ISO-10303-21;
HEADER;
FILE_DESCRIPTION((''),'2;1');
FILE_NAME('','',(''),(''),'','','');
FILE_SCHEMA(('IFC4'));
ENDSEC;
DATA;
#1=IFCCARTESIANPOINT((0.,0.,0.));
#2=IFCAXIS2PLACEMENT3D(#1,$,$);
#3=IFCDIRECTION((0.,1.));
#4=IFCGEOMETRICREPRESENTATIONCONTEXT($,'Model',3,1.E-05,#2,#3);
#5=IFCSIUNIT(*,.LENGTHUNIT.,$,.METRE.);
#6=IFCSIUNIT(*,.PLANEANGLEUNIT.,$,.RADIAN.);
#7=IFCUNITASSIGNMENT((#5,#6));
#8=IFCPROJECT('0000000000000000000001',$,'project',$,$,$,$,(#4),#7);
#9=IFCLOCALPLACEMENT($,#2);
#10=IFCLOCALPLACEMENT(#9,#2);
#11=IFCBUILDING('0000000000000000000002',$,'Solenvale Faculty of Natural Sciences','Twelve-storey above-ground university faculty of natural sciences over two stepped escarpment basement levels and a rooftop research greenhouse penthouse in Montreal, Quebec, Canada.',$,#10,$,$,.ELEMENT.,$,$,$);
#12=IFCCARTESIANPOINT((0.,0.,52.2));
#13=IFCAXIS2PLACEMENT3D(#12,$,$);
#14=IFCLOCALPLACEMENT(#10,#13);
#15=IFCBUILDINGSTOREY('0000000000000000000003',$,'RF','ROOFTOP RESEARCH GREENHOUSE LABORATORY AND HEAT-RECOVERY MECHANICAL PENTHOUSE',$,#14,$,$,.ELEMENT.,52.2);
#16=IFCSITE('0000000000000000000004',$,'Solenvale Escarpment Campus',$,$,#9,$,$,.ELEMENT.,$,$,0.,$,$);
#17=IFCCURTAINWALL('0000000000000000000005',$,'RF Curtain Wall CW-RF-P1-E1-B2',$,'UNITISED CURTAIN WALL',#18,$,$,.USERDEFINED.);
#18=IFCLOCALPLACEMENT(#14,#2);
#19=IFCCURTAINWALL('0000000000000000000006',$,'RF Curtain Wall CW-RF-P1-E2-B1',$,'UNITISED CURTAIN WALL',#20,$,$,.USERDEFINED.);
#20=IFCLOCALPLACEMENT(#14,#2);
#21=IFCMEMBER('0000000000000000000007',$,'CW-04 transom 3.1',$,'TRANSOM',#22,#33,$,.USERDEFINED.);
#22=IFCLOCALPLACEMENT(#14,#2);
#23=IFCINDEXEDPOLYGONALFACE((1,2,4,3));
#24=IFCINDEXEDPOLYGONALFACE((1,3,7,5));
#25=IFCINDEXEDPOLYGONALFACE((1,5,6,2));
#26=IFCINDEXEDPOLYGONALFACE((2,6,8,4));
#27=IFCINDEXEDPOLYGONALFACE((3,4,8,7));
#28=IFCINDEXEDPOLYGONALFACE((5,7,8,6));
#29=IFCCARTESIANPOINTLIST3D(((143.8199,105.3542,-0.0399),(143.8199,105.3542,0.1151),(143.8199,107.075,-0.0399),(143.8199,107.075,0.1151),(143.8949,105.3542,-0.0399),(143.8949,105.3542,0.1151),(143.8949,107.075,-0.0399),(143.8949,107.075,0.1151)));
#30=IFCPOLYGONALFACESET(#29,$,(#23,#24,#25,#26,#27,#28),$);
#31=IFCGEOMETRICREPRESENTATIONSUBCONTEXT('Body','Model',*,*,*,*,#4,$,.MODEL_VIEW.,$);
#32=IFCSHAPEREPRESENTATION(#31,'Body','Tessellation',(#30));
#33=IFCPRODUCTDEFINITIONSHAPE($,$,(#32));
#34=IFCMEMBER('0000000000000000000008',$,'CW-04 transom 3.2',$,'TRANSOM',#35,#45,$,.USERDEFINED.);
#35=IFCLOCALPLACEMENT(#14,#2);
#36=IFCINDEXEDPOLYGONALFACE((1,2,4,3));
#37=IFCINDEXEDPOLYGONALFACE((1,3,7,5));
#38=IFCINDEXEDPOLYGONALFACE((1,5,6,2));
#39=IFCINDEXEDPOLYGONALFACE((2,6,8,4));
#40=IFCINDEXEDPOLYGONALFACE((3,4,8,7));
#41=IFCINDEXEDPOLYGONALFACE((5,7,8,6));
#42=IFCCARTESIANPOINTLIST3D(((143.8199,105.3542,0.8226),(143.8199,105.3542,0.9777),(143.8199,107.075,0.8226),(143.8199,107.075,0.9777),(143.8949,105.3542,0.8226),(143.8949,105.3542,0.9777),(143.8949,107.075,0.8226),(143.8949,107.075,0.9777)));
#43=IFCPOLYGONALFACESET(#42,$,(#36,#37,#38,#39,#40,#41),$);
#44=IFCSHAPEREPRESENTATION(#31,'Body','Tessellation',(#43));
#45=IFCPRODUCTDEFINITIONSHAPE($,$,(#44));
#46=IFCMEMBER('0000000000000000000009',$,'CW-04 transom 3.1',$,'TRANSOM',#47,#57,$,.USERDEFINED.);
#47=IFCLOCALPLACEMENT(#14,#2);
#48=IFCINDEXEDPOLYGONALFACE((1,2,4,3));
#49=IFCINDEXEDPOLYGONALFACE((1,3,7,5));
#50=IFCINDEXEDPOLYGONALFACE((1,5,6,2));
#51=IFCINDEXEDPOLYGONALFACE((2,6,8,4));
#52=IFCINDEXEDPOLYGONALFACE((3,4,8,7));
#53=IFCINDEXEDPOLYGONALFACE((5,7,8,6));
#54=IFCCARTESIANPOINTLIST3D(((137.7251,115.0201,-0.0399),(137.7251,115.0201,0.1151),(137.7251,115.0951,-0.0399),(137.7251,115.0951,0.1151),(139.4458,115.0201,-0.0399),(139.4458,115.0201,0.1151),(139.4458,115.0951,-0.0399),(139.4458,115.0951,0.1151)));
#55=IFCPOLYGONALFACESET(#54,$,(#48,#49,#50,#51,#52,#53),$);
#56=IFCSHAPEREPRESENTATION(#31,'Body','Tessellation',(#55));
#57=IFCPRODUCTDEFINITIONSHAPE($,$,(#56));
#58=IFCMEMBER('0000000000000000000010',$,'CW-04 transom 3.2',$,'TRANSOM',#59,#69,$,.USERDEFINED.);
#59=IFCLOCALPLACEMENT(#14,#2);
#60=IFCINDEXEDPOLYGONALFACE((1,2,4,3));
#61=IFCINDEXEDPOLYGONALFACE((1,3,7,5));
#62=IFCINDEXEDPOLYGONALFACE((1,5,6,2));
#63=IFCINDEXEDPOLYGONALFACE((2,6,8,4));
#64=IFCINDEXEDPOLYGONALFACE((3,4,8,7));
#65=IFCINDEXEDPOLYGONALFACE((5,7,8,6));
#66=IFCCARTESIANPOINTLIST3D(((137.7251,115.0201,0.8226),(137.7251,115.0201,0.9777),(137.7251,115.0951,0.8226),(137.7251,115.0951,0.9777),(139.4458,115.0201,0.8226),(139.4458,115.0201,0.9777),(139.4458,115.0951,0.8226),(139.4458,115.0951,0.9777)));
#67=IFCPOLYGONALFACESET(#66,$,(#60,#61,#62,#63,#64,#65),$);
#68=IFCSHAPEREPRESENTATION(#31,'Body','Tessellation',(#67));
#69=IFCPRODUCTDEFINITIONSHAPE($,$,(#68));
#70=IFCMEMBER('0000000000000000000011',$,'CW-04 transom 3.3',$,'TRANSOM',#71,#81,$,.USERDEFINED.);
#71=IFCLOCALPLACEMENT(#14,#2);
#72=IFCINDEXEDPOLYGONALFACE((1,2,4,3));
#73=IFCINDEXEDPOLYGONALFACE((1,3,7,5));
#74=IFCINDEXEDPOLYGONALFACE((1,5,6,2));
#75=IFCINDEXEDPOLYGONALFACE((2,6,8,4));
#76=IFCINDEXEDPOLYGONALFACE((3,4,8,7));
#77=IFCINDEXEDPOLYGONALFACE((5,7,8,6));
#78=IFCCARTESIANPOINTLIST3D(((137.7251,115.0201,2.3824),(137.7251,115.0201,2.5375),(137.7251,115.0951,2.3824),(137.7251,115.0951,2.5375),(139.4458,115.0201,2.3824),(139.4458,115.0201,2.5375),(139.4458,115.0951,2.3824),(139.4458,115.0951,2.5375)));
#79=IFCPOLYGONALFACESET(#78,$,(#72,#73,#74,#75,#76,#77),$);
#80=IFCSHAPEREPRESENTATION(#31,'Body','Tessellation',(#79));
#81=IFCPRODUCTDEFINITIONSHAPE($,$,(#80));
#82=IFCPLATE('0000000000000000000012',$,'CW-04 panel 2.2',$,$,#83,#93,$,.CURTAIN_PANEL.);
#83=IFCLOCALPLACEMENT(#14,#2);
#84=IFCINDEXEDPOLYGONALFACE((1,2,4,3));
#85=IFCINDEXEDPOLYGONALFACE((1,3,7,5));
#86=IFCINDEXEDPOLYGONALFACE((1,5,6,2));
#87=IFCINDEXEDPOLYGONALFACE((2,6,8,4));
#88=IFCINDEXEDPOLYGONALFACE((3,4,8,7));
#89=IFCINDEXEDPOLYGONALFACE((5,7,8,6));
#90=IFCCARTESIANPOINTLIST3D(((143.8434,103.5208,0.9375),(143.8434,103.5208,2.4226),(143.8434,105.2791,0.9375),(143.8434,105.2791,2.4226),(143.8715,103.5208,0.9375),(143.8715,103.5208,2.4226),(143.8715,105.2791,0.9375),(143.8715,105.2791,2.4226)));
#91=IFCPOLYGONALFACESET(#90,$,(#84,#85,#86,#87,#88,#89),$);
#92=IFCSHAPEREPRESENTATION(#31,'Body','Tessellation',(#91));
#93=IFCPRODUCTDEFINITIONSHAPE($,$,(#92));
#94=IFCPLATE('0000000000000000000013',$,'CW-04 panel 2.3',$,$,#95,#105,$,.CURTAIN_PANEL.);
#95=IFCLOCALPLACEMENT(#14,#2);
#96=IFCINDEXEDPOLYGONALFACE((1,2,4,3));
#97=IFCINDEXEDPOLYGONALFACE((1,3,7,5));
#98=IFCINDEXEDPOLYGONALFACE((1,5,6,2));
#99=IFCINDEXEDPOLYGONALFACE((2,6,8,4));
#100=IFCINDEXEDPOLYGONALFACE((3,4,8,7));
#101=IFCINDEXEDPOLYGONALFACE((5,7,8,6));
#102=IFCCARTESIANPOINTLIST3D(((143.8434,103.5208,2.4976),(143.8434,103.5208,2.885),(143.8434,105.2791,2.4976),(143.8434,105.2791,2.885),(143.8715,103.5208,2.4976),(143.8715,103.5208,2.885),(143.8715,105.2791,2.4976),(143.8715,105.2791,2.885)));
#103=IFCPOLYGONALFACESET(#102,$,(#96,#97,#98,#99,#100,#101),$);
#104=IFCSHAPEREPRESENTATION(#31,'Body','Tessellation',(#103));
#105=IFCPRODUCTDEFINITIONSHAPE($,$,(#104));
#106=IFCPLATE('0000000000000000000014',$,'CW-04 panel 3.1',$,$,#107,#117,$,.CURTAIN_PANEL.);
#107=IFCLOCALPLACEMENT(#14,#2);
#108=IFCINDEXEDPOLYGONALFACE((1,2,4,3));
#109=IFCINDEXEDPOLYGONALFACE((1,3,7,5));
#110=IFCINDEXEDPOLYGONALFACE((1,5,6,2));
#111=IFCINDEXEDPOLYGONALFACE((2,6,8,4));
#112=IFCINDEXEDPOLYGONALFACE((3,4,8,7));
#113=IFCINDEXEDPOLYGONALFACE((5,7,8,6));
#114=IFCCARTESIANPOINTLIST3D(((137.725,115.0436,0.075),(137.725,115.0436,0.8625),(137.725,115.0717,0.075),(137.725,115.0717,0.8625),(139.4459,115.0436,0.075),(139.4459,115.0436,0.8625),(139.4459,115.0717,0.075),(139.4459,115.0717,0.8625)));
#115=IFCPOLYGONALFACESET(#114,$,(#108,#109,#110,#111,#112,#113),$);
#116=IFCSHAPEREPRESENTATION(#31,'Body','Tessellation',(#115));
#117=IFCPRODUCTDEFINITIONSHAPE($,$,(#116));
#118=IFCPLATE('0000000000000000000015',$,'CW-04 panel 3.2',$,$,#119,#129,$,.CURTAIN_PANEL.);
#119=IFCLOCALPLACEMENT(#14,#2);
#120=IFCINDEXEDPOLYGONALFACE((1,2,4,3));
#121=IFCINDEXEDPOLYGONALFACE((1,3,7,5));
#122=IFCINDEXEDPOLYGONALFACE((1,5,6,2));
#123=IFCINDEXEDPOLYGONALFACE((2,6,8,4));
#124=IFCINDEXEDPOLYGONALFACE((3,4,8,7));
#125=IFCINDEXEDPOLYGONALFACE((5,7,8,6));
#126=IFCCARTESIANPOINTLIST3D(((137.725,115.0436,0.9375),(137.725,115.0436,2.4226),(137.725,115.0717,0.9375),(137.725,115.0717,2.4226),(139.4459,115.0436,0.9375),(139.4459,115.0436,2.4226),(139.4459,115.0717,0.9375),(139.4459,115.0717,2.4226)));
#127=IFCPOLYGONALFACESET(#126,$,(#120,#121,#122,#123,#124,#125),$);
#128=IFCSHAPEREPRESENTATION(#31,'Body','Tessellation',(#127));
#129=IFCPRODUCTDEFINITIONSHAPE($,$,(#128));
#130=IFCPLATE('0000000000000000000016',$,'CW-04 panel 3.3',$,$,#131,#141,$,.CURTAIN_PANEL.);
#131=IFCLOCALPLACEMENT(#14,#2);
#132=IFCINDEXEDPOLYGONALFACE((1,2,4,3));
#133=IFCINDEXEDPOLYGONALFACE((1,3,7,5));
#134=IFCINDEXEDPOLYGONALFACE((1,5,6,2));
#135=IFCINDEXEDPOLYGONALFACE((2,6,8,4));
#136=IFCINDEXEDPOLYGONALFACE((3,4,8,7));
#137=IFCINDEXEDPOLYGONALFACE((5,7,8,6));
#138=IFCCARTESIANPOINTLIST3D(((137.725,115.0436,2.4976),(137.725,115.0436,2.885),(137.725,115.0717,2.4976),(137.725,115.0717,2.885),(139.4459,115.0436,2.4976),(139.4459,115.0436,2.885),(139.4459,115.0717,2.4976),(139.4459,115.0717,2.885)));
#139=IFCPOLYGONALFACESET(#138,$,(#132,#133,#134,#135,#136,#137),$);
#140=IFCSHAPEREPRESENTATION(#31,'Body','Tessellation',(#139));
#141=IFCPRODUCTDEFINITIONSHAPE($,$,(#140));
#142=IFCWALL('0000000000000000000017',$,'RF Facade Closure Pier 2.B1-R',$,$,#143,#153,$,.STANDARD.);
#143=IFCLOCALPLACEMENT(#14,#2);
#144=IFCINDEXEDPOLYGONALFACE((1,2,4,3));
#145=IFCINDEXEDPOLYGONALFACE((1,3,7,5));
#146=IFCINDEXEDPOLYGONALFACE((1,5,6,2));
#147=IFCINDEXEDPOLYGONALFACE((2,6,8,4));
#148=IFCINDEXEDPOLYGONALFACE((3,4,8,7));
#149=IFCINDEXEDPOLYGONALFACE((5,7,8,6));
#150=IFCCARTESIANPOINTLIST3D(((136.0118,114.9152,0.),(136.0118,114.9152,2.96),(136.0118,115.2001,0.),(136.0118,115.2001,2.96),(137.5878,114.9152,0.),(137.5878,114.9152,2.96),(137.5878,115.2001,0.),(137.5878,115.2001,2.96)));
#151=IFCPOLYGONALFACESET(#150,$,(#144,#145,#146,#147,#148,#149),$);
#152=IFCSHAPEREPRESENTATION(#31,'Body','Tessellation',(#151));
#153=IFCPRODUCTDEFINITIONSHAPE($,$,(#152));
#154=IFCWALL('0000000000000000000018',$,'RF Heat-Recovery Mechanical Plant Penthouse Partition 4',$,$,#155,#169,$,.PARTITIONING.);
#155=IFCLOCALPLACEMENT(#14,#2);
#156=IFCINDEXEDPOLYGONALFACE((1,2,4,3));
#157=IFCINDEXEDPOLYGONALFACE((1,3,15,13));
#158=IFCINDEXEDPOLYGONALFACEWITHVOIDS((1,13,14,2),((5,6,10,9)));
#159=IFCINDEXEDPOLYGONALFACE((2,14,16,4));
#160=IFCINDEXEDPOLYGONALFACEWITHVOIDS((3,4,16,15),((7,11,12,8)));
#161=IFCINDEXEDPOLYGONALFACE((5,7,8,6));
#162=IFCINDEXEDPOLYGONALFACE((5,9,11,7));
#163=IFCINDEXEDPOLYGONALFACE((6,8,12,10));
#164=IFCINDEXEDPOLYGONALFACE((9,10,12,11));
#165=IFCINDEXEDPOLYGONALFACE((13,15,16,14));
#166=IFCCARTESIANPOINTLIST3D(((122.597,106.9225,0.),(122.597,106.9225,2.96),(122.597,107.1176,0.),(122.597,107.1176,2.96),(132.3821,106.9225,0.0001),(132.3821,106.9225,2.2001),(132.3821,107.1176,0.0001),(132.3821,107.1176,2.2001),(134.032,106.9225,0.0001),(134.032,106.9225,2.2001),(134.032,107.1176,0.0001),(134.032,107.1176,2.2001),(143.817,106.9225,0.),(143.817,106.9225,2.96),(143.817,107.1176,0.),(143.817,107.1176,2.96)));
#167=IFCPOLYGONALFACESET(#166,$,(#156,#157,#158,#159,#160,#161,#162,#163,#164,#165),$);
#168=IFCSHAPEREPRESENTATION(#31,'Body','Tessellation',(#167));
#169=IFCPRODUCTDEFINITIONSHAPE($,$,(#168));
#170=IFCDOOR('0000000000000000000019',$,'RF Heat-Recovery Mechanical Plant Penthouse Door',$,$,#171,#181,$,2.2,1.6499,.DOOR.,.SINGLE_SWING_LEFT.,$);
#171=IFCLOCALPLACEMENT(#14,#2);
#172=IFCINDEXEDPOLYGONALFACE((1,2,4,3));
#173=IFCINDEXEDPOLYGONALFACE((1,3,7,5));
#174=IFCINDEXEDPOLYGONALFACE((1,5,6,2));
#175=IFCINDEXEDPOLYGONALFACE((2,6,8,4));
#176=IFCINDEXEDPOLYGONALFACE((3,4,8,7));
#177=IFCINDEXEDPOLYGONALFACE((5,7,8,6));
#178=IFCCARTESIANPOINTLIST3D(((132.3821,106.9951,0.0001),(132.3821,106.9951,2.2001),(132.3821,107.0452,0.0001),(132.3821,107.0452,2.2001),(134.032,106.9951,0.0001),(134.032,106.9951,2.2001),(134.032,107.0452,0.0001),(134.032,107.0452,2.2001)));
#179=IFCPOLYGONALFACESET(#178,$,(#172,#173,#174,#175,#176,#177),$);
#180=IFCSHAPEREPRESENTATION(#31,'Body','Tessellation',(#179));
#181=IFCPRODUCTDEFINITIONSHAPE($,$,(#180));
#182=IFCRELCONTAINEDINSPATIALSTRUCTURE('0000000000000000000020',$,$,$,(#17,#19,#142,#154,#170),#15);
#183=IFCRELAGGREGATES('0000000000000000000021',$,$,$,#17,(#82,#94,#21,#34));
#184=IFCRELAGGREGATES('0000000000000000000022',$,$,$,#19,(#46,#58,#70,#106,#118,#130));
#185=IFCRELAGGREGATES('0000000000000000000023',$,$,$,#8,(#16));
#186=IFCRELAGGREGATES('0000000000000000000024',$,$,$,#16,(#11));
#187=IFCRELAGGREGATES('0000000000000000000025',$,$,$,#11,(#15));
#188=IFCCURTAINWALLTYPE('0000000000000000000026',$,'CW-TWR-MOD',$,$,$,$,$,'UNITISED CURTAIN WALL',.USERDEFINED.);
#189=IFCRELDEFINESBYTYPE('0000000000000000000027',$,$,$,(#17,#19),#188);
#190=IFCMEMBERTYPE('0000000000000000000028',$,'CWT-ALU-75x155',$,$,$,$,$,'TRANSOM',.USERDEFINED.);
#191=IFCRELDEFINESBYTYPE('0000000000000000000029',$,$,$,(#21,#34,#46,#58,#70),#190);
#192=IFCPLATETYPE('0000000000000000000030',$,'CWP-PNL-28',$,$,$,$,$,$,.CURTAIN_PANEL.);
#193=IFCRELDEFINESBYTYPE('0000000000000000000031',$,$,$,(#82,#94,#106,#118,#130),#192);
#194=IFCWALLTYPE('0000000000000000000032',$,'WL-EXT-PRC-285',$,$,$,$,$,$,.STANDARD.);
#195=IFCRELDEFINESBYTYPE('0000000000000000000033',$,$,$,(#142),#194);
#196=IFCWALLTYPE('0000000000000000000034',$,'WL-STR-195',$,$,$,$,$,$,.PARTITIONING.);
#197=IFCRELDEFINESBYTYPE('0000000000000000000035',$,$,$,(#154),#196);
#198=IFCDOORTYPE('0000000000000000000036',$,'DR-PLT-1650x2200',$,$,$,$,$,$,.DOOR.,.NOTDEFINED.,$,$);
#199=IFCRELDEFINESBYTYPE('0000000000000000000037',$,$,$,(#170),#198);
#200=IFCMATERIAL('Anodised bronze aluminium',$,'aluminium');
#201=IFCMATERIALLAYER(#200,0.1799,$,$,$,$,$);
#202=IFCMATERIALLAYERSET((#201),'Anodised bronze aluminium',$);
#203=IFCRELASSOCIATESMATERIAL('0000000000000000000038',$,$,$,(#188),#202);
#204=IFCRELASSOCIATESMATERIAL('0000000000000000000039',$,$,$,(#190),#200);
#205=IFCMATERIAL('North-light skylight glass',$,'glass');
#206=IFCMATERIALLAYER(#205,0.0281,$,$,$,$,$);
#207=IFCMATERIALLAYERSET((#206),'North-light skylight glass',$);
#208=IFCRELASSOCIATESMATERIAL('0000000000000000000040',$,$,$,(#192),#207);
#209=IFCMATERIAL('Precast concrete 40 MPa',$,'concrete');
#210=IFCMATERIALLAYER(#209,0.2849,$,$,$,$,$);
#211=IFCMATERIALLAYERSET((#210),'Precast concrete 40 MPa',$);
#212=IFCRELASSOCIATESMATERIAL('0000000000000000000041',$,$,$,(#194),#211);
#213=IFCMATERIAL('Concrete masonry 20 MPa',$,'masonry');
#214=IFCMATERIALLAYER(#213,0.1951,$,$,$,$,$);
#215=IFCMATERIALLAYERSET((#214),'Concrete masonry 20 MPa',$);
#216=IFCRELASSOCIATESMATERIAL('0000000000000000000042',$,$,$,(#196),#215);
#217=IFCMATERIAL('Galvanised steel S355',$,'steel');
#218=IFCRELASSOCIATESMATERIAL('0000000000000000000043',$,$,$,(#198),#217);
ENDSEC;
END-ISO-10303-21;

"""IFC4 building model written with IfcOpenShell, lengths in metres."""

from ifc_helpers import new_model, si_unit, direction, frame, frame_2d, origin, origin_2d, place, context, subcontext, project, spatial, rectangle, extrude, material, layer, layer_set, material_profile, profile_set, type_object, element, fill, aggregate, save


model = new_model("IFC4")

# Units and contexts
model_context = context("Model", 3, precision=1e-05, world=origin(), true_north=direction((0.0, 1.0)))
body_context = subcontext(model_context, "Body", "Model", "MODEL_VIEW")
ifc_project = project(units=[si_unit("LENGTHUNIT", "METRE"), si_unit("PLANEANGLEUNIT", "RADIAN")], contexts=[model_context])

# Site, building, storey
site_placement = place(None, origin())
site = spatial("IfcSite", under=ifc_project, at=site_placement, Name="Solenvale Escarpment Campus", CompositionType="ELEMENT", RefElevation=0.0)
building_placement = place(site_placement, origin())
building = spatial("IfcBuilding", under=site, at=building_placement, Name="Solenvale Faculty of Natural Sciences", Description="Twelve-storey above-ground university faculty of natural sciences over two stepped escarpment basement levels and a rooftop research greenhouse penthouse in Montreal, Quebec, Canada.", CompositionType="ELEMENT")
storey_placement = place(building_placement, frame((0.0, 0.0, 52.2)))
storey = spatial("IfcBuildingStorey", under=building, at=storey_placement, Name="RF", Description="ROOFTOP RESEARCH GREENHOUSE LABORATORY AND HEAT-RECOVERY MECHANICAL PENTHOUSE", CompositionType="ELEMENT", Elevation=52.2)

# Curtain walls
ifc_material_1 = material(Name="Anodised bronze aluminium", Category="aluminium")
ifc_layer_1 = layer(ifc_material_1, 0.1799)
ifc_layer_set_1 = layer_set([ifc_layer_1], Name="Anodised bronze aluminium")
curtain_wall_type = type_object("IfcCurtainWallType", Name="CW-TWR-MOD", ElementType="UNITISED CURTAIN WALL", PredefinedType="USERDEFINED", material=ifc_layer_set_1)
curtain_wall_1_placement = place(storey_placement, origin())
curtain_wall_1 = element("IfcCurtainWall", 1, at=curtain_wall_1_placement, inside=storey, type_object=curtain_wall_type, Name="RF Curtain Wall CW-RF-P1-E1-B2", ObjectType="UNITISED CURTAIN WALL", PredefinedType="USERDEFINED")
curtain_wall_2_placement = place(storey_placement, origin())
curtain_wall_2 = element("IfcCurtainWall", 2, at=curtain_wall_2_placement, inside=storey, type_object=curtain_wall_type, Name="RF Curtain Wall CW-RF-P1-E2-B1", ObjectType="UNITISED CURTAIN WALL", PredefinedType="USERDEFINED")

# Members
ifc_material_profile_1 = material_profile(ifc_material_1, rectangle(XDim=0.075, YDim=0.155, at=origin_2d()), Name="ALU-TRN-75x155")
ifc_profile_set_1 = profile_set([ifc_material_profile_1], Name="Anodised bronze aluminium")
member_type_1 = type_object("IfcMemberType", Name="CWT-ALU-75x155", ElementType="TRANSOM", PredefinedType="USERDEFINED", material=ifc_profile_set_1)
member_1_placement = place(storey_placement, frame((143.8574, 105.3542, 0.0376), z_axis=(0.0, 1.0, 0.0), x_axis=(-1.0, 0.0, 0.0)))
member_1 = element("IfcMember", 3, at=member_1_placement, type_object=member_type_1, Name="CW-04 transom 3.1", ObjectType="TRANSOM", PredefinedType="USERDEFINED", context=body_context, shape_type="SweptSolid", body=[
    extrude(rectangle(XDim=0.075, YDim=0.155, at=origin_2d()), origin(), (0.0, 0.0, 1.0), 1.7207),
])
member_2_placement = place(storey_placement, frame((143.8574, 105.3542, 0.9001), z_axis=(0.0, 1.0, 0.0), x_axis=(-1.0, 0.0, 0.0)))
member_2 = element("IfcMember", 4, at=member_2_placement, type_object=member_type_1, Name="CW-04 transom 3.2", ObjectType="TRANSOM", PredefinedType="USERDEFINED", context=body_context, shape_type="SweptSolid", body=[
    extrude(rectangle(XDim=0.075, YDim=0.155, at=origin_2d()), origin(), (0.0, 0.0, 1.0), 1.7207),
])
member_3_placement = place(storey_placement, frame((139.4458, 115.0576, 0.0376), z_axis=(-1.0, 0.0, 0.0), x_axis=(0.0, -1.0, 0.0)))
member_3 = element("IfcMember", 5, at=member_3_placement, type_object=member_type_1, Name="CW-04 transom 3.1", ObjectType="TRANSOM", PredefinedType="USERDEFINED", context=body_context, shape_type="SweptSolid", body=[
    extrude(rectangle(XDim=0.075, YDim=0.155, at=origin_2d()), origin(), (0.0, 0.0, 1.0), 1.7207),
])
member_4_placement = place(storey_placement, frame((139.4458, 115.0576, 0.9001), z_axis=(-1.0, 0.0, 0.0), x_axis=(0.0, -1.0, 0.0)))
member_4 = element("IfcMember", 6, at=member_4_placement, type_object=member_type_1, Name="CW-04 transom 3.2", ObjectType="TRANSOM", PredefinedType="USERDEFINED", context=body_context, shape_type="SweptSolid", body=[
    extrude(rectangle(XDim=0.075, YDim=0.155, at=origin_2d()), origin(), (0.0, 0.0, 1.0), 1.7207),
])
member_5_placement = place(storey_placement, frame((139.4458, 115.0576, 2.46), z_axis=(-1.0, 0.0, 0.0), x_axis=(0.0, -1.0, 0.0)))
member_5 = element("IfcMember", 7, at=member_5_placement, type_object=member_type_1, Name="CW-04 transom 3.3", ObjectType="TRANSOM", PredefinedType="USERDEFINED", context=body_context, shape_type="SweptSolid", body=[
    extrude(rectangle(XDim=0.075, YDim=0.155, at=origin_2d()), origin(), (0.0, 0.0, 1.0), 1.7207),
])

# Plates
ifc_material_2 = material(Name="North-light skylight glass", Category="glass")
ifc_layer_2 = layer(ifc_material_2, 0.0281)
ifc_layer_set_2 = layer_set([ifc_layer_2], Name="North-light skylight glass")
plate_type = type_object("IfcPlateType", Name="CWP-PNL-28", PredefinedType="CURTAIN_PANEL", material=ifc_layer_set_2)
plate_1_placement = place(storey_placement, frame((143.8574, 104.3999, 0.9375), z_axis=(0.0, 0.0, 1.0), x_axis=(0.0, 1.0, 0.0)))
plate_1 = element("IfcPlate", 8, at=plate_1_placement, type_object=plate_type, Name="CW-04 panel 2.2", PredefinedType="CURTAIN_PANEL", context=body_context, shape_type="SweptSolid", body=[
    extrude(rectangle(XDim=1.7583, YDim=0.0281, at=origin_2d()), origin(), (0.0, 0.0, 1.0), 1.4851),
])
plate_2_placement = place(storey_placement, frame((143.8574, 104.3999, 2.4976), z_axis=(0.0, 0.0, 1.0), x_axis=(0.0, 1.0, 0.0)))
plate_2 = element("IfcPlate", 9, at=plate_2_placement, type_object=plate_type, Name="CW-04 panel 2.3", PredefinedType="CURTAIN_PANEL", context=body_context, shape_type="SweptSolid", body=[
    extrude(rectangle(XDim=1.7583, YDim=0.0281, at=origin_2d()), origin(), (0.0, 0.0, 1.0), 0.3875),
])
aggregate(curtain_wall_1, [plate_1, plate_2, member_1, member_2])
plate_3_placement = place(storey_placement, frame((138.5854, 115.0576, 0.075), z_axis=(0.0, 0.0, 1.0), x_axis=(-1.0, 0.0, 0.0)))
plate_3 = element("IfcPlate", 10, at=plate_3_placement, type_object=plate_type, Name="CW-04 panel 3.1", PredefinedType="CURTAIN_PANEL", context=body_context, shape_type="SweptSolid", body=[
    extrude(rectangle(XDim=1.7209, YDim=0.0281, at=origin_2d()), origin(), (0.0, 0.0, 1.0), 0.7876),
])
plate_4_placement = place(storey_placement, frame((138.5854, 115.0576, 0.9375), z_axis=(0.0, 0.0, 1.0), x_axis=(-1.0, 0.0, 0.0)))
plate_4 = element("IfcPlate", 11, at=plate_4_placement, type_object=plate_type, Name="CW-04 panel 3.2", PredefinedType="CURTAIN_PANEL", context=body_context, shape_type="SweptSolid", body=[
    extrude(rectangle(XDim=1.7209, YDim=0.0281, at=origin_2d()), origin(), (0.0, 0.0, 1.0), 1.4851),
])
plate_5_placement = place(storey_placement, frame((138.5854, 115.0576, 2.4976), z_axis=(0.0, 0.0, 1.0), x_axis=(-1.0, 0.0, 0.0)))
plate_5 = element("IfcPlate", 12, at=plate_5_placement, type_object=plate_type, Name="CW-04 panel 3.3", PredefinedType="CURTAIN_PANEL", context=body_context, shape_type="SweptSolid", body=[
    extrude(rectangle(XDim=1.7209, YDim=0.0281, at=origin_2d()), origin(), (0.0, 0.0, 1.0), 0.3875),
])
aggregate(curtain_wall_2, [member_3, member_4, member_5, plate_3, plate_4, plate_5])

# Wall
ifc_material_3 = material(Name="Precast concrete 40 MPa", Category="concrete")
ifc_layer_3 = layer(ifc_material_3, 0.2849)
ifc_layer_set_3 = layer_set([ifc_layer_3], Name="Precast concrete 40 MPa")
wall_type_1 = type_object("IfcWallType", Name="WL-EXT-PRC-285", PredefinedType="STANDARD", material=ifc_layer_set_3)
wall_1_placement = place(storey_placement, frame((137.5879, 115.0576, 0.0), z_axis=(0.0, 0.0, 1.0), x_axis=(-1.0, 0.0, 0.0)))
element("IfcWall", 13, at=wall_1_placement, inside=storey, type_object=wall_type_1, Name="RF Facade Closure Pier 2.B1-R", PredefinedType="STANDARD", context=body_context, shape_type="SweptSolid", body=[
    extrude(rectangle(XDim=1.5759, YDim=0.2849, at=frame_2d((0.7881, 0.0))), origin(), (0.0, 0.0, 1.0), 2.96),
])

# Wall, opening, door
ifc_material_4 = material(Name="Concrete masonry 20 MPa", Category="masonry")
ifc_layer_4 = layer(ifc_material_4, 0.1951)
ifc_layer_set_4 = layer_set([ifc_layer_4], Name="Concrete masonry 20 MPa")
wall_type_2 = type_object("IfcWallType", Name="WL-STR-195", PredefinedType="PARTITIONING", material=ifc_layer_set_4)
wall_2_placement = place(storey_placement, frame((143.8169, 107.02, 0.0), z_axis=(0.0, 0.0, 1.0), x_axis=(-1.0, 0.0, 0.0)))
wall_2 = element("IfcWall", 14, at=wall_2_placement, inside=storey, type_object=wall_type_2, Name="RF Heat-Recovery Mechanical Plant Penthouse Partition 4", PredefinedType="PARTITIONING", context=body_context, shape_type="SweptSolid", body=[
    extrude(rectangle(XDim=21.22, YDim=0.1951, at=frame_2d((10.6099, 0.0))), origin(), (0.0, 0.0, 1.0), 2.96),
])
opening_placement = place(wall_2_placement, frame((9.7849, 0.0, 0.0)))
opening = element("IfcOpeningElement", 15, at=opening_placement, cuts=wall_2, PredefinedType="OPENING", context=body_context, shape_type="SweptSolid", body=[
    extrude(rectangle(XDim=1.6499, YDim=2.2, at=frame_2d((0.825, 1.1001))), frame((0.0, 0.1074, 0.0), z_axis=(0.0, -1.0, 0.0), x_axis=(1.0, 0.0, 0.0)), (0.0, 0.0, 1.0), 0.2151),
])
ifc_material_5 = material(Name="Galvanised steel S355", Category="steel")
door_type = type_object("IfcDoorType", Name="DR-PLT-1650x2200", OperationType="NOTDEFINED", PredefinedType="DOOR", material=ifc_material_5)
door_placement = place(opening_placement, origin())
door = element("IfcDoor", 16, at=door_placement, inside=storey, type_object=door_type, Name="RF Heat-Recovery Mechanical Plant Penthouse Door", OperationType="SINGLE_SWING_LEFT", OverallHeight=2.2, OverallWidth=1.6499, PredefinedType="DOOR", context=body_context, shape_type="SweptSolid", body=[
    extrude(rectangle(XDim=1.6499, YDim=2.2, at=frame_2d((0.825, 1.1001))), frame((0.0, 0.0249, 0.0), z_axis=(0.0, -1.0, 0.0), x_axis=(1.0, 0.0, 0.0)), (0.0, 0.0, 1.0), 0.05),
])
fill(opening, door)

save(model, "model.ifc")
